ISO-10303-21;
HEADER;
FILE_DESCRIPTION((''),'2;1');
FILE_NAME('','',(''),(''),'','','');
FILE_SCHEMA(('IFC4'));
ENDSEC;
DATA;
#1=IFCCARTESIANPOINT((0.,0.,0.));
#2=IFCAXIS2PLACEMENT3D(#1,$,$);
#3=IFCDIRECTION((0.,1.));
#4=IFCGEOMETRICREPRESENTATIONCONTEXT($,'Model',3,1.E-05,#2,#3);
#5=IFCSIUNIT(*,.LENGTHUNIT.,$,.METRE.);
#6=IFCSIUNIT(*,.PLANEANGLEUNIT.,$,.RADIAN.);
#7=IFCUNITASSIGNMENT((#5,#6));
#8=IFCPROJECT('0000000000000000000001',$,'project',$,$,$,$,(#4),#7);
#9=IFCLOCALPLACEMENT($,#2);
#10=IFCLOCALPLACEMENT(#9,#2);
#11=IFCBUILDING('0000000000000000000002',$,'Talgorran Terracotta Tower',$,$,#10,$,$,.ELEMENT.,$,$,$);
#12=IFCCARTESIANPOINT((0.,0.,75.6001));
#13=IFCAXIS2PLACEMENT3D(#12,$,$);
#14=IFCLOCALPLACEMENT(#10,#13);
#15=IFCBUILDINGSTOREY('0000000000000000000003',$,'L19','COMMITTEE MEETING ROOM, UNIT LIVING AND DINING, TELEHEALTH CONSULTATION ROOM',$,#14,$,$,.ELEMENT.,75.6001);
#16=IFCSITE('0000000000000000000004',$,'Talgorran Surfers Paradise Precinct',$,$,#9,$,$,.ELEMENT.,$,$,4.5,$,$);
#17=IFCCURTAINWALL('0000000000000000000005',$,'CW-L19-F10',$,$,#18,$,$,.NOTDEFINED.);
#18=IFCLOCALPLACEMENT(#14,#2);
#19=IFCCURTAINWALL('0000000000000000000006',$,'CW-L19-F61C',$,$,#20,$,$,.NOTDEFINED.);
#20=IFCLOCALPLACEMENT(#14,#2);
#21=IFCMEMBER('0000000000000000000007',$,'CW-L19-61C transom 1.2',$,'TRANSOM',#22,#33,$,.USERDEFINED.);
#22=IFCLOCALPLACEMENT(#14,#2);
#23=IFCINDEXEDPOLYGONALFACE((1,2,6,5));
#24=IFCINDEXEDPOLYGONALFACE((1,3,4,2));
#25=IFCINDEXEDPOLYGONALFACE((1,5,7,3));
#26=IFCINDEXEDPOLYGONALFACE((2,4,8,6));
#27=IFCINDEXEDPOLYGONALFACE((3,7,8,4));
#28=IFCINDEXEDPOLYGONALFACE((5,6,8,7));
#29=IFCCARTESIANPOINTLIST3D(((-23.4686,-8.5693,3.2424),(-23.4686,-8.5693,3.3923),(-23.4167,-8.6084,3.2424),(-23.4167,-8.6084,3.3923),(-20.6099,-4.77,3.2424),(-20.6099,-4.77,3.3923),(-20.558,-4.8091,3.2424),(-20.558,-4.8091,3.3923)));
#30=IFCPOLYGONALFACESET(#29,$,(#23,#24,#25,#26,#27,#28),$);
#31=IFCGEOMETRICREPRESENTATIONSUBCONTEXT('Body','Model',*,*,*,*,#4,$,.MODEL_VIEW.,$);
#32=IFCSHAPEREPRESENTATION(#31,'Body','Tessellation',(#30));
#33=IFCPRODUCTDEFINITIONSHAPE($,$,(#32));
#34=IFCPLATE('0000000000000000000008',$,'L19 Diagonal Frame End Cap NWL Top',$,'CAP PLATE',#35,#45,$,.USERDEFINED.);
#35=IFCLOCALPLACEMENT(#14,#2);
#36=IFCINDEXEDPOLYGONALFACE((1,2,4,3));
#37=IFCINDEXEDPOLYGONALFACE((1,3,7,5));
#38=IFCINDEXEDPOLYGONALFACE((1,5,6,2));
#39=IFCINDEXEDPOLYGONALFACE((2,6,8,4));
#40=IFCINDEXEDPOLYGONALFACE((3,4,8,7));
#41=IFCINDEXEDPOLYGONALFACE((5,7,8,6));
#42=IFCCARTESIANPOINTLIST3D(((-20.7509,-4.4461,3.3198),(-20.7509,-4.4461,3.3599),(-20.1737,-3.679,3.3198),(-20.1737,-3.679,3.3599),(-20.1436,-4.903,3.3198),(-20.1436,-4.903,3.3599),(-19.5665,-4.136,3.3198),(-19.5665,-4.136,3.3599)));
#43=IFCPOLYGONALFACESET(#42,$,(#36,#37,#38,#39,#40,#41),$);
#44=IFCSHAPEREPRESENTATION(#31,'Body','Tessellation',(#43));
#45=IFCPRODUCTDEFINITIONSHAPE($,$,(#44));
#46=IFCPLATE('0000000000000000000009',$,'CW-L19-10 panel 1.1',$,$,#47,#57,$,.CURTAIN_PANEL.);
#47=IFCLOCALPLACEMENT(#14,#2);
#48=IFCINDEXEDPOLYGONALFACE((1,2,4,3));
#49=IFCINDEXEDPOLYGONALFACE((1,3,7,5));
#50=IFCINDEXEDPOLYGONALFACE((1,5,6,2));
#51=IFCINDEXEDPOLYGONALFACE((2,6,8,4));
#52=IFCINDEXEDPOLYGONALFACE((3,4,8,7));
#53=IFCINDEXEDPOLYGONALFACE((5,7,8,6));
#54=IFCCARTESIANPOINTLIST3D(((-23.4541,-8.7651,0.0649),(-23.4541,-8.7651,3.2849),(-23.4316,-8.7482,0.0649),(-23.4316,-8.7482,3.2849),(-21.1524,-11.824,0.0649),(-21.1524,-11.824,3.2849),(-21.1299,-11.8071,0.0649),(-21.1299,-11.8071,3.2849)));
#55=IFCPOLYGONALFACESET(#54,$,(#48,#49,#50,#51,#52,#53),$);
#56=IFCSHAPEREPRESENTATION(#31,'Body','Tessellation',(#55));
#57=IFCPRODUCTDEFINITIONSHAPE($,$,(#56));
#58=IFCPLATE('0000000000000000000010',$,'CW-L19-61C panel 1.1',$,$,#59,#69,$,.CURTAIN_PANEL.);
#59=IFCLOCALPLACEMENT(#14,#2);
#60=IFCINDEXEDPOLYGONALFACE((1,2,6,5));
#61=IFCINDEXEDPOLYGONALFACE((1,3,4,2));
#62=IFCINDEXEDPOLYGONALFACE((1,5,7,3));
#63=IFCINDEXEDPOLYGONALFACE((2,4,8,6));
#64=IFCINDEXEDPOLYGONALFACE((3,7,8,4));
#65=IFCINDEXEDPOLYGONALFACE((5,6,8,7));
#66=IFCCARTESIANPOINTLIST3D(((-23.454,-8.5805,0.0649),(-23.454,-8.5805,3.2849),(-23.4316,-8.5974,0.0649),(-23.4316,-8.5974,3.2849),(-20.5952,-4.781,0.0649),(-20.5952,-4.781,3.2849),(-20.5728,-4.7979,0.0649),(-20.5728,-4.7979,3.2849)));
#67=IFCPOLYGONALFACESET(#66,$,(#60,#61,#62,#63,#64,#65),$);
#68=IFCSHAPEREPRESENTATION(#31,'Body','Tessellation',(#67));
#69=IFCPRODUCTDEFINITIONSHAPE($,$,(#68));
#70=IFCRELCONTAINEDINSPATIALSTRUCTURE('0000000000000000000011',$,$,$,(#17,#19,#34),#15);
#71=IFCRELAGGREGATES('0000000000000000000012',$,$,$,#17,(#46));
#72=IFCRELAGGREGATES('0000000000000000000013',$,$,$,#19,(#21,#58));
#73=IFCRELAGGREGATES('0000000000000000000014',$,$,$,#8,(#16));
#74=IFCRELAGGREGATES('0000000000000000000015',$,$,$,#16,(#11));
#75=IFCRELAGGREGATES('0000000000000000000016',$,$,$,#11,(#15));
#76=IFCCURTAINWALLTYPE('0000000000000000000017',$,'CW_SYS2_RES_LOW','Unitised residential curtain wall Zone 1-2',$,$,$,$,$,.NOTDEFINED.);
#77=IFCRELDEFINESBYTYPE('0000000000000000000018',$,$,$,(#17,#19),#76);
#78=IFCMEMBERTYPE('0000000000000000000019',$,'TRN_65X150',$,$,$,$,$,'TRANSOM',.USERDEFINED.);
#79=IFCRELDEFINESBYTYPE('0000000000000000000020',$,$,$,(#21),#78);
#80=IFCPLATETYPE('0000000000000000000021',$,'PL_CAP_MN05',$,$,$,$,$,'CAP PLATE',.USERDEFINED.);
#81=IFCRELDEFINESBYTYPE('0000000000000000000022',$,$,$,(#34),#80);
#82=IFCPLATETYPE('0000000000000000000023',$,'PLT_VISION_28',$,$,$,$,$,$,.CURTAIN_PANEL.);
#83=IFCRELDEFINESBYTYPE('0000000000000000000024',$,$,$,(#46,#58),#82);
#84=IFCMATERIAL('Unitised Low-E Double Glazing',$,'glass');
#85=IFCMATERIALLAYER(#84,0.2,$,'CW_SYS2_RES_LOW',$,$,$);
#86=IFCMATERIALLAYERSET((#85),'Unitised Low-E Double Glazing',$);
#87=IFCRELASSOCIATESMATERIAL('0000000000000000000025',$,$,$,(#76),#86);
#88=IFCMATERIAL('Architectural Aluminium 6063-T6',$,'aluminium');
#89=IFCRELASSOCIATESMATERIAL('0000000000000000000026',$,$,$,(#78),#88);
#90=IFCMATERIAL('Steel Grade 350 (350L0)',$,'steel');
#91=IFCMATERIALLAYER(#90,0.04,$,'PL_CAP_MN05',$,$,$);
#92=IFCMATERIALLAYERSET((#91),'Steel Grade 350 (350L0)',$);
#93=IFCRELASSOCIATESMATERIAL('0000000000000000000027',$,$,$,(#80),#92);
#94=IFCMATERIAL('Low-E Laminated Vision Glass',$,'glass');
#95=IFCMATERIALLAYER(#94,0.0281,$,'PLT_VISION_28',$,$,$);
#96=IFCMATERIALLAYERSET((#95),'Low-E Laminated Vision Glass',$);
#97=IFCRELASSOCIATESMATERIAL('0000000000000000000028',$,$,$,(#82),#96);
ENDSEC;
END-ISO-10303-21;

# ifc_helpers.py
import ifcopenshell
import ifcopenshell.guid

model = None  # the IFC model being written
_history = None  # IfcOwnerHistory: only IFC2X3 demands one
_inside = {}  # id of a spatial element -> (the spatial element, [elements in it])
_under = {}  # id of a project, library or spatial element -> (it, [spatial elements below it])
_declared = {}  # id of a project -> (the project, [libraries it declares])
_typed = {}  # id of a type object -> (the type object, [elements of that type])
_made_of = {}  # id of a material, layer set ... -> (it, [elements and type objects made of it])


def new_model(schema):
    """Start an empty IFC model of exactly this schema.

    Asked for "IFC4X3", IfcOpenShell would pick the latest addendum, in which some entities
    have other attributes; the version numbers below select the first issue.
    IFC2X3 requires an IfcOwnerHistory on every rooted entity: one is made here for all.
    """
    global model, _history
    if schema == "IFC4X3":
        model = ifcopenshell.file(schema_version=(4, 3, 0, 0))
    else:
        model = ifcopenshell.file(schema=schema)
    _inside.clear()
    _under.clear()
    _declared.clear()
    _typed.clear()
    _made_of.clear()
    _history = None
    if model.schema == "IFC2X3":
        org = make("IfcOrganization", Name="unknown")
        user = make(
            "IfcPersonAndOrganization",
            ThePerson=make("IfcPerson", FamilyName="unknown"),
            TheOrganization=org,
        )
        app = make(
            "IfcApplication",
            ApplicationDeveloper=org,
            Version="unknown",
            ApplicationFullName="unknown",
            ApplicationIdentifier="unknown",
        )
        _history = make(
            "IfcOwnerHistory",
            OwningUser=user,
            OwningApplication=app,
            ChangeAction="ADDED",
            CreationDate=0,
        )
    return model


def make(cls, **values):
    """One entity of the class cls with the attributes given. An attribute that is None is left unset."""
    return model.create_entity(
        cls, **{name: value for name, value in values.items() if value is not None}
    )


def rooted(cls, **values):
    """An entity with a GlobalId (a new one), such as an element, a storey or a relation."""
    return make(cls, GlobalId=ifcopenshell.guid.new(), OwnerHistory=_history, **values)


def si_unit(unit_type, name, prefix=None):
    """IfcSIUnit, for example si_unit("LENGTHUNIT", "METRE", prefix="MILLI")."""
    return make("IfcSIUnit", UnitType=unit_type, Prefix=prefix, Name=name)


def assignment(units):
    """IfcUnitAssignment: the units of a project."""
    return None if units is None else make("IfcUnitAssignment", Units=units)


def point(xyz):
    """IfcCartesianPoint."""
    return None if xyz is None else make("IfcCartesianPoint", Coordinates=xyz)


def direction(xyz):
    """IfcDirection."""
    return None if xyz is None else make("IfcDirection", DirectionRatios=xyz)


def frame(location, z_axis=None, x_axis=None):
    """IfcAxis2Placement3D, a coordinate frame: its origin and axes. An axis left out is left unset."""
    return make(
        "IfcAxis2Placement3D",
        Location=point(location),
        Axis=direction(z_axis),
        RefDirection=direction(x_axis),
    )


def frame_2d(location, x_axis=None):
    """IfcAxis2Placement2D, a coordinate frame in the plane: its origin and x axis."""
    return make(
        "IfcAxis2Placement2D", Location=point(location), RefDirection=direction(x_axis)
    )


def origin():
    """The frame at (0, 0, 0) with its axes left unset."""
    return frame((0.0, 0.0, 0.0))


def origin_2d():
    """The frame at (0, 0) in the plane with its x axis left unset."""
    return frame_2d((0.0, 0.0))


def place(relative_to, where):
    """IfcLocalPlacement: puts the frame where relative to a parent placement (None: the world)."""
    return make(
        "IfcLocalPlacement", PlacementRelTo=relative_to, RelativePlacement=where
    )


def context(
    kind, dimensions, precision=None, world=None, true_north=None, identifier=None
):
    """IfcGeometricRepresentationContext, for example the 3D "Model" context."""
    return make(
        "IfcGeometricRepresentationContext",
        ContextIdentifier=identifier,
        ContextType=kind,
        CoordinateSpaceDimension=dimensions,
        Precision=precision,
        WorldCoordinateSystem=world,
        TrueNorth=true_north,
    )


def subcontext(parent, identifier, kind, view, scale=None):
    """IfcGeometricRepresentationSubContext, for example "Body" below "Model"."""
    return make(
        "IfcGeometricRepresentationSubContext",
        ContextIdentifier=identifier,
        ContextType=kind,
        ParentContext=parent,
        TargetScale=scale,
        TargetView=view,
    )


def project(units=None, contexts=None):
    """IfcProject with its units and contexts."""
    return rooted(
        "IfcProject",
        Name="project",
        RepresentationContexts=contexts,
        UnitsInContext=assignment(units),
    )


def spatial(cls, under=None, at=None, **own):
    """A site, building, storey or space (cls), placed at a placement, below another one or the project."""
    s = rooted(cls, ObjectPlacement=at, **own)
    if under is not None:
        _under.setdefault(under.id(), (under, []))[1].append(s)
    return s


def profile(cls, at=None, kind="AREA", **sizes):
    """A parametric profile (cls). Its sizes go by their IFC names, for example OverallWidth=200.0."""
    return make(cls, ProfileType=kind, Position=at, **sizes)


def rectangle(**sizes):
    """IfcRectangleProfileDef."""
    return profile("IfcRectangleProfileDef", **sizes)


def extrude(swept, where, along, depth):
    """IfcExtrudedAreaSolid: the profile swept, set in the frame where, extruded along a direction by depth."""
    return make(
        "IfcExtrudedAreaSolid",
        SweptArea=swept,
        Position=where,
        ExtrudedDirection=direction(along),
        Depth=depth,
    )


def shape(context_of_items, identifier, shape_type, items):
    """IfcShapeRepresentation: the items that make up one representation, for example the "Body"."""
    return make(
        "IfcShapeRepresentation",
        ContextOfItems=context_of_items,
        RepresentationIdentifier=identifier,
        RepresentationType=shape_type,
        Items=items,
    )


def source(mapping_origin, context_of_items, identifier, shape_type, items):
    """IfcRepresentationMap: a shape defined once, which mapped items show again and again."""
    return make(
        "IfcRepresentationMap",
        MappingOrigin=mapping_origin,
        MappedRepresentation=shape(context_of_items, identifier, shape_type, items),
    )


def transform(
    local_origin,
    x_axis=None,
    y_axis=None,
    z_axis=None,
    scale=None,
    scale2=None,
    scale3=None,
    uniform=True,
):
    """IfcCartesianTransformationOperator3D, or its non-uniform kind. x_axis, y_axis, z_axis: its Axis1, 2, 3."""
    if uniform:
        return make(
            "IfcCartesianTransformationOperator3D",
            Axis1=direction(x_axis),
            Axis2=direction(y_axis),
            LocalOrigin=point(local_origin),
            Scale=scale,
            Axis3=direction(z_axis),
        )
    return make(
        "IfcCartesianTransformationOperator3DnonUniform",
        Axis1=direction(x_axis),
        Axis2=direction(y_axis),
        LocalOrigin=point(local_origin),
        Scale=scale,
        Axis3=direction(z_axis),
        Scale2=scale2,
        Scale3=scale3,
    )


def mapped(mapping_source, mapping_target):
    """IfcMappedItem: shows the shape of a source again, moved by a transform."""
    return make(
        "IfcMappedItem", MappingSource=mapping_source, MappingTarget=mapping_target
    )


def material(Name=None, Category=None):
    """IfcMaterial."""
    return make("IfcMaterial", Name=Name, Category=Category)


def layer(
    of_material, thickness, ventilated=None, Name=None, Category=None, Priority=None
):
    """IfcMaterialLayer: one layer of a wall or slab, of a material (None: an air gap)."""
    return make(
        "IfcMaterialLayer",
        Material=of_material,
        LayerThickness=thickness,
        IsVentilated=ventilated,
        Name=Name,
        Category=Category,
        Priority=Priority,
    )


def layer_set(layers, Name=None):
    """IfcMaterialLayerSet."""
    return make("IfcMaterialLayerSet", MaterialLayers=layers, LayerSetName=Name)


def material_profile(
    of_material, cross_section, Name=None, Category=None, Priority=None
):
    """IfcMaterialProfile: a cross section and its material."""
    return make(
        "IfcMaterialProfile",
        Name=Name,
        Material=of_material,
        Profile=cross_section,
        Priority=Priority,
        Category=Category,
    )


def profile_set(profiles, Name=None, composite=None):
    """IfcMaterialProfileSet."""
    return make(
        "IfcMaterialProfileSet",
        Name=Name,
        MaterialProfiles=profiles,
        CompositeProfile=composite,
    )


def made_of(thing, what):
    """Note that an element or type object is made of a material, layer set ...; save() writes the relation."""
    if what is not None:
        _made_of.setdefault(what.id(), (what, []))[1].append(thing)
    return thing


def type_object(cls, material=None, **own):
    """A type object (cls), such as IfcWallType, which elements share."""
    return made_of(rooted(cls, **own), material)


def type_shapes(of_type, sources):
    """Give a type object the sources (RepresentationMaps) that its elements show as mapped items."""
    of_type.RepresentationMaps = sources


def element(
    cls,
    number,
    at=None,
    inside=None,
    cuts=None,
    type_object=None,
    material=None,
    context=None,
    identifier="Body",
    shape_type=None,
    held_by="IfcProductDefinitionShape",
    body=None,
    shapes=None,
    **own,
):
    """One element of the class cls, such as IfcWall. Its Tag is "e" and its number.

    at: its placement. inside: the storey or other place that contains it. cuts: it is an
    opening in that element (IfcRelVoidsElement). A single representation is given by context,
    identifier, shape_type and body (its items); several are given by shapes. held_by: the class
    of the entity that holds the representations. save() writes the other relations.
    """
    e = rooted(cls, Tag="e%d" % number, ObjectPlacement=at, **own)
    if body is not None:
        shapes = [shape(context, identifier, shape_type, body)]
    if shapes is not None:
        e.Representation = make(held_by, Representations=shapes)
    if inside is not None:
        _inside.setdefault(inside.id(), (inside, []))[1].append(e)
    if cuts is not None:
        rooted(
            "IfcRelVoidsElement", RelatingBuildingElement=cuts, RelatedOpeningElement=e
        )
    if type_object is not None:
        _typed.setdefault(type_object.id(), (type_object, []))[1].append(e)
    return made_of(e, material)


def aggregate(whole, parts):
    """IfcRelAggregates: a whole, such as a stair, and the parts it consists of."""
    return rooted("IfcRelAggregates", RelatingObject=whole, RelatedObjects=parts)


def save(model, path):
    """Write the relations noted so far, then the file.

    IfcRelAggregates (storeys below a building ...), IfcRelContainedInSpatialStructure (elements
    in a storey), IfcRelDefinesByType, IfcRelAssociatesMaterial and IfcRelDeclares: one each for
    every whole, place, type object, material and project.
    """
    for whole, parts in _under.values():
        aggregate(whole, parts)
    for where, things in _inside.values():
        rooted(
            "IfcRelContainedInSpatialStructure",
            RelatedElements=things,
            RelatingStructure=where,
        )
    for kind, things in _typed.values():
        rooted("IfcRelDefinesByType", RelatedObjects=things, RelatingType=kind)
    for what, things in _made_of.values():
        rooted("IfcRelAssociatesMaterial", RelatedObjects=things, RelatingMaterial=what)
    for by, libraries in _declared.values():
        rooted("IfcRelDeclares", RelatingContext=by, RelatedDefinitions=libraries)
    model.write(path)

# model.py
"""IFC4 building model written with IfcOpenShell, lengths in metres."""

from ifc_helpers import new_model, si_unit, direction, frame, origin, origin_2d, place, context, subcontext, project, spatial, rectangle, extrude, source, transform, mapped, material, layer, layer_set, material_profile, profile_set, type_object, type_shapes, element, aggregate, save


model = new_model("IFC4")

# Units and contexts
model_context = context("Model", 3, precision=1e-05, world=origin(), true_north=direction((0.0, 1.0)))
body_context = subcontext(model_context, "Body", "Model", "MODEL_VIEW")
ifc_project = project(units=[si_unit("LENGTHUNIT", "METRE"), si_unit("PLANEANGLEUNIT", "RADIAN")], contexts=[model_context])

# Site, building, storey
site_placement = place(None, origin())
site = spatial("IfcSite", under=ifc_project, at=site_placement, Name="Talgorran Surfers Paradise Precinct", CompositionType="ELEMENT", RefElevation=4.5)
building_placement = place(site_placement, origin())
building = spatial("IfcBuilding", under=site, at=building_placement, Name="Talgorran Terracotta Tower", CompositionType="ELEMENT")
storey_placement = place(building_placement, frame((0.0, 0.0, 75.6001)))
storey = spatial("IfcBuildingStorey", under=building, at=storey_placement, Name="L19", Description="COMMITTEE MEETING ROOM, UNIT LIVING AND DINING, TELEHEALTH CONSULTATION ROOM", CompositionType="ELEMENT", Elevation=75.6001)

# Shared definitions
ifc_material_1 = material(Name="Steel Grade 350 (350L0)", Category="steel")

# Curtain wall
ifc_material_2 = material(Name="Unitised Low-E Double Glazing", Category="glass")
ifc_layer_1 = layer(ifc_material_2, 0.2, Name="CW_SYS2_RES_LOW")
ifc_layer_set_1 = layer_set([ifc_layer_1], Name="Unitised Low-E Double Glazing")
curtain_wall_type = type_object("IfcCurtainWallType", Name="CW_SYS2_RES_LOW", Description="Unitised residential curtain wall Zone 1-2", PredefinedType="NOTDEFINED", material=ifc_layer_set_1)
curtain_wall_1_placement = place(storey_placement, origin())
curtain_wall_1 = element("IfcCurtainWall", 1, at=curtain_wall_1_placement, inside=storey, type_object=curtain_wall_type, Name="CW-L19-F10", PredefinedType="NOTDEFINED")
ifc_material_3 = material(Name="Architectural Aluminium 6063-T6", Category="aluminium")

# Curtain wall
curtain_wall_2_placement = place(storey_placement, origin())
curtain_wall_2 = element("IfcCurtainWall", 2, at=curtain_wall_2_placement, inside=storey, type_object=curtain_wall_type, Name="CW-L19-F61C", PredefinedType="NOTDEFINED")

# Member
ifc_material_profile_1 = material_profile(ifc_material_3, rectangle(XDim=0.0649, YDim=0.1499, at=origin_2d()), Name="CWT65X150")
ifc_profile_set_1 = profile_set([ifc_material_profile_1], Name="Architectural Aluminium 6063-T6")
member_type_1 = type_object("IfcMemberType", Name="TRN_65X150", ElementType="TRANSOM", PredefinedType="USERDEFINED", material=ifc_profile_set_1)
member_1_placement = place(storey_placement, frame((-20.584, -4.7896, 3.3174), z_axis=(-0.601232, -0.799075, 0.0), x_axis=(0.799075, -0.601232, 0.0)))
member_1 = element("IfcMember", 3, at=member_1_placement, type_object=member_type_1, Name="CW-L19-61C transom 1.2", ObjectType="TRANSOM", PredefinedType="USERDEFINED", context=body_context, shape_type="SweptSolid", body=[
    extrude(rectangle(XDim=0.0649, YDim=0.1499, at=origin_2d()), origin(), (0.0, 0.0, 1.0), 4.7546),
])

# Plates
ifc_layer_2 = layer(ifc_material_1, 0.04, Name="PL_CAP_MN05")
ifc_layer_set_2 = layer_set([ifc_layer_2], Name="Steel Grade 350 (350L0)")
plate_type_1 = type_object("IfcPlateType", Name="PL_CAP_MN05", ElementType="CAP PLATE", PredefinedType="USERDEFINED", material=ifc_layer_set_2)
plate_1_placement = place(storey_placement, frame((-20.1587, -4.291, 3.3198), z_axis=(0.0, 0.0, 1.0), x_axis=(-0.601257, -0.799055, 0.0)))
element("IfcPlate", 4, at=plate_1_placement, inside=storey, type_object=plate_type_1, Name="L19 Diagonal Frame End Cap NWL Top", ObjectType="CAP PLATE", PredefinedType="USERDEFINED", context=body_context, shape_type="SweptSolid", body=[
    extrude(rectangle(XDim=0.96, YDim=0.76, at=origin_2d()), origin(), (0.0, 0.0, 1.0), 0.04),
])
ifc_material_4 = material(Name="Low-E Laminated Vision Glass", Category="glass")
ifc_layer_3 = layer(ifc_material_4, 0.0281, Name="PLT_VISION_28")
ifc_layer_set_3 = layer_set([ifc_layer_3], Name="Low-E Laminated Vision Glass")
plate_type_2 = type_object("IfcPlateType", Name="PLT_VISION_28", PredefinedType="CURTAIN_PANEL", material=ifc_layer_set_3)
shared_shape_1 = source(origin(), body_context, "Body", "SweptSolid", [
    extrude(rectangle(XDim=3.8281, YDim=0.0281, at=origin_2d()), origin(), (0.0, 0.0, 1.0), 3.22),
])
plate_2_placement = place(storey_placement, frame((-22.292, -10.2861, 0.0649), z_axis=(0.0, 0.0, 1.0), x_axis=(0.601256, -0.799056, 0.0)))
plate_2 = element("IfcPlate", 5, at=plate_2_placement, type_object=plate_type_2, Name="CW-L19-10 panel 1.1", PredefinedType="CURTAIN_PANEL", context=body_context, shape_type="MappedRepresentation", body=[
    mapped(shared_shape_1, transform((0.0, 0.0, 0.0), scale=1.0)),
])
aggregate(curtain_wall_1, [plate_2])
shared_shape_2 = source(origin(), body_context, "Body", "SweptSolid", [
    extrude(rectangle(XDim=4.7549, YDim=0.0281, at=origin_2d()), origin(), (0.0, 0.0, 1.0), 3.22),
])
type_shapes(plate_type_2, [shared_shape_1, shared_shape_2])
plate_3_placement = place(storey_placement, frame((-22.0134, -6.6892, 0.0649), z_axis=(0.0, 0.0, 1.0), x_axis=(-0.601234, -0.799073, 0.0)))
plate_3 = element("IfcPlate", 6, at=plate_3_placement, type_object=plate_type_2, Name="CW-L19-61C panel 1.1", PredefinedType="CURTAIN_PANEL", context=body_context, shape_type="MappedRepresentation", body=[
    mapped(shared_shape_2, transform((0.0, 0.0, 0.0), scale=1.0)),
])
aggregate(curtain_wall_2, [member_1, plate_3])

save(model, "model.ifc")
